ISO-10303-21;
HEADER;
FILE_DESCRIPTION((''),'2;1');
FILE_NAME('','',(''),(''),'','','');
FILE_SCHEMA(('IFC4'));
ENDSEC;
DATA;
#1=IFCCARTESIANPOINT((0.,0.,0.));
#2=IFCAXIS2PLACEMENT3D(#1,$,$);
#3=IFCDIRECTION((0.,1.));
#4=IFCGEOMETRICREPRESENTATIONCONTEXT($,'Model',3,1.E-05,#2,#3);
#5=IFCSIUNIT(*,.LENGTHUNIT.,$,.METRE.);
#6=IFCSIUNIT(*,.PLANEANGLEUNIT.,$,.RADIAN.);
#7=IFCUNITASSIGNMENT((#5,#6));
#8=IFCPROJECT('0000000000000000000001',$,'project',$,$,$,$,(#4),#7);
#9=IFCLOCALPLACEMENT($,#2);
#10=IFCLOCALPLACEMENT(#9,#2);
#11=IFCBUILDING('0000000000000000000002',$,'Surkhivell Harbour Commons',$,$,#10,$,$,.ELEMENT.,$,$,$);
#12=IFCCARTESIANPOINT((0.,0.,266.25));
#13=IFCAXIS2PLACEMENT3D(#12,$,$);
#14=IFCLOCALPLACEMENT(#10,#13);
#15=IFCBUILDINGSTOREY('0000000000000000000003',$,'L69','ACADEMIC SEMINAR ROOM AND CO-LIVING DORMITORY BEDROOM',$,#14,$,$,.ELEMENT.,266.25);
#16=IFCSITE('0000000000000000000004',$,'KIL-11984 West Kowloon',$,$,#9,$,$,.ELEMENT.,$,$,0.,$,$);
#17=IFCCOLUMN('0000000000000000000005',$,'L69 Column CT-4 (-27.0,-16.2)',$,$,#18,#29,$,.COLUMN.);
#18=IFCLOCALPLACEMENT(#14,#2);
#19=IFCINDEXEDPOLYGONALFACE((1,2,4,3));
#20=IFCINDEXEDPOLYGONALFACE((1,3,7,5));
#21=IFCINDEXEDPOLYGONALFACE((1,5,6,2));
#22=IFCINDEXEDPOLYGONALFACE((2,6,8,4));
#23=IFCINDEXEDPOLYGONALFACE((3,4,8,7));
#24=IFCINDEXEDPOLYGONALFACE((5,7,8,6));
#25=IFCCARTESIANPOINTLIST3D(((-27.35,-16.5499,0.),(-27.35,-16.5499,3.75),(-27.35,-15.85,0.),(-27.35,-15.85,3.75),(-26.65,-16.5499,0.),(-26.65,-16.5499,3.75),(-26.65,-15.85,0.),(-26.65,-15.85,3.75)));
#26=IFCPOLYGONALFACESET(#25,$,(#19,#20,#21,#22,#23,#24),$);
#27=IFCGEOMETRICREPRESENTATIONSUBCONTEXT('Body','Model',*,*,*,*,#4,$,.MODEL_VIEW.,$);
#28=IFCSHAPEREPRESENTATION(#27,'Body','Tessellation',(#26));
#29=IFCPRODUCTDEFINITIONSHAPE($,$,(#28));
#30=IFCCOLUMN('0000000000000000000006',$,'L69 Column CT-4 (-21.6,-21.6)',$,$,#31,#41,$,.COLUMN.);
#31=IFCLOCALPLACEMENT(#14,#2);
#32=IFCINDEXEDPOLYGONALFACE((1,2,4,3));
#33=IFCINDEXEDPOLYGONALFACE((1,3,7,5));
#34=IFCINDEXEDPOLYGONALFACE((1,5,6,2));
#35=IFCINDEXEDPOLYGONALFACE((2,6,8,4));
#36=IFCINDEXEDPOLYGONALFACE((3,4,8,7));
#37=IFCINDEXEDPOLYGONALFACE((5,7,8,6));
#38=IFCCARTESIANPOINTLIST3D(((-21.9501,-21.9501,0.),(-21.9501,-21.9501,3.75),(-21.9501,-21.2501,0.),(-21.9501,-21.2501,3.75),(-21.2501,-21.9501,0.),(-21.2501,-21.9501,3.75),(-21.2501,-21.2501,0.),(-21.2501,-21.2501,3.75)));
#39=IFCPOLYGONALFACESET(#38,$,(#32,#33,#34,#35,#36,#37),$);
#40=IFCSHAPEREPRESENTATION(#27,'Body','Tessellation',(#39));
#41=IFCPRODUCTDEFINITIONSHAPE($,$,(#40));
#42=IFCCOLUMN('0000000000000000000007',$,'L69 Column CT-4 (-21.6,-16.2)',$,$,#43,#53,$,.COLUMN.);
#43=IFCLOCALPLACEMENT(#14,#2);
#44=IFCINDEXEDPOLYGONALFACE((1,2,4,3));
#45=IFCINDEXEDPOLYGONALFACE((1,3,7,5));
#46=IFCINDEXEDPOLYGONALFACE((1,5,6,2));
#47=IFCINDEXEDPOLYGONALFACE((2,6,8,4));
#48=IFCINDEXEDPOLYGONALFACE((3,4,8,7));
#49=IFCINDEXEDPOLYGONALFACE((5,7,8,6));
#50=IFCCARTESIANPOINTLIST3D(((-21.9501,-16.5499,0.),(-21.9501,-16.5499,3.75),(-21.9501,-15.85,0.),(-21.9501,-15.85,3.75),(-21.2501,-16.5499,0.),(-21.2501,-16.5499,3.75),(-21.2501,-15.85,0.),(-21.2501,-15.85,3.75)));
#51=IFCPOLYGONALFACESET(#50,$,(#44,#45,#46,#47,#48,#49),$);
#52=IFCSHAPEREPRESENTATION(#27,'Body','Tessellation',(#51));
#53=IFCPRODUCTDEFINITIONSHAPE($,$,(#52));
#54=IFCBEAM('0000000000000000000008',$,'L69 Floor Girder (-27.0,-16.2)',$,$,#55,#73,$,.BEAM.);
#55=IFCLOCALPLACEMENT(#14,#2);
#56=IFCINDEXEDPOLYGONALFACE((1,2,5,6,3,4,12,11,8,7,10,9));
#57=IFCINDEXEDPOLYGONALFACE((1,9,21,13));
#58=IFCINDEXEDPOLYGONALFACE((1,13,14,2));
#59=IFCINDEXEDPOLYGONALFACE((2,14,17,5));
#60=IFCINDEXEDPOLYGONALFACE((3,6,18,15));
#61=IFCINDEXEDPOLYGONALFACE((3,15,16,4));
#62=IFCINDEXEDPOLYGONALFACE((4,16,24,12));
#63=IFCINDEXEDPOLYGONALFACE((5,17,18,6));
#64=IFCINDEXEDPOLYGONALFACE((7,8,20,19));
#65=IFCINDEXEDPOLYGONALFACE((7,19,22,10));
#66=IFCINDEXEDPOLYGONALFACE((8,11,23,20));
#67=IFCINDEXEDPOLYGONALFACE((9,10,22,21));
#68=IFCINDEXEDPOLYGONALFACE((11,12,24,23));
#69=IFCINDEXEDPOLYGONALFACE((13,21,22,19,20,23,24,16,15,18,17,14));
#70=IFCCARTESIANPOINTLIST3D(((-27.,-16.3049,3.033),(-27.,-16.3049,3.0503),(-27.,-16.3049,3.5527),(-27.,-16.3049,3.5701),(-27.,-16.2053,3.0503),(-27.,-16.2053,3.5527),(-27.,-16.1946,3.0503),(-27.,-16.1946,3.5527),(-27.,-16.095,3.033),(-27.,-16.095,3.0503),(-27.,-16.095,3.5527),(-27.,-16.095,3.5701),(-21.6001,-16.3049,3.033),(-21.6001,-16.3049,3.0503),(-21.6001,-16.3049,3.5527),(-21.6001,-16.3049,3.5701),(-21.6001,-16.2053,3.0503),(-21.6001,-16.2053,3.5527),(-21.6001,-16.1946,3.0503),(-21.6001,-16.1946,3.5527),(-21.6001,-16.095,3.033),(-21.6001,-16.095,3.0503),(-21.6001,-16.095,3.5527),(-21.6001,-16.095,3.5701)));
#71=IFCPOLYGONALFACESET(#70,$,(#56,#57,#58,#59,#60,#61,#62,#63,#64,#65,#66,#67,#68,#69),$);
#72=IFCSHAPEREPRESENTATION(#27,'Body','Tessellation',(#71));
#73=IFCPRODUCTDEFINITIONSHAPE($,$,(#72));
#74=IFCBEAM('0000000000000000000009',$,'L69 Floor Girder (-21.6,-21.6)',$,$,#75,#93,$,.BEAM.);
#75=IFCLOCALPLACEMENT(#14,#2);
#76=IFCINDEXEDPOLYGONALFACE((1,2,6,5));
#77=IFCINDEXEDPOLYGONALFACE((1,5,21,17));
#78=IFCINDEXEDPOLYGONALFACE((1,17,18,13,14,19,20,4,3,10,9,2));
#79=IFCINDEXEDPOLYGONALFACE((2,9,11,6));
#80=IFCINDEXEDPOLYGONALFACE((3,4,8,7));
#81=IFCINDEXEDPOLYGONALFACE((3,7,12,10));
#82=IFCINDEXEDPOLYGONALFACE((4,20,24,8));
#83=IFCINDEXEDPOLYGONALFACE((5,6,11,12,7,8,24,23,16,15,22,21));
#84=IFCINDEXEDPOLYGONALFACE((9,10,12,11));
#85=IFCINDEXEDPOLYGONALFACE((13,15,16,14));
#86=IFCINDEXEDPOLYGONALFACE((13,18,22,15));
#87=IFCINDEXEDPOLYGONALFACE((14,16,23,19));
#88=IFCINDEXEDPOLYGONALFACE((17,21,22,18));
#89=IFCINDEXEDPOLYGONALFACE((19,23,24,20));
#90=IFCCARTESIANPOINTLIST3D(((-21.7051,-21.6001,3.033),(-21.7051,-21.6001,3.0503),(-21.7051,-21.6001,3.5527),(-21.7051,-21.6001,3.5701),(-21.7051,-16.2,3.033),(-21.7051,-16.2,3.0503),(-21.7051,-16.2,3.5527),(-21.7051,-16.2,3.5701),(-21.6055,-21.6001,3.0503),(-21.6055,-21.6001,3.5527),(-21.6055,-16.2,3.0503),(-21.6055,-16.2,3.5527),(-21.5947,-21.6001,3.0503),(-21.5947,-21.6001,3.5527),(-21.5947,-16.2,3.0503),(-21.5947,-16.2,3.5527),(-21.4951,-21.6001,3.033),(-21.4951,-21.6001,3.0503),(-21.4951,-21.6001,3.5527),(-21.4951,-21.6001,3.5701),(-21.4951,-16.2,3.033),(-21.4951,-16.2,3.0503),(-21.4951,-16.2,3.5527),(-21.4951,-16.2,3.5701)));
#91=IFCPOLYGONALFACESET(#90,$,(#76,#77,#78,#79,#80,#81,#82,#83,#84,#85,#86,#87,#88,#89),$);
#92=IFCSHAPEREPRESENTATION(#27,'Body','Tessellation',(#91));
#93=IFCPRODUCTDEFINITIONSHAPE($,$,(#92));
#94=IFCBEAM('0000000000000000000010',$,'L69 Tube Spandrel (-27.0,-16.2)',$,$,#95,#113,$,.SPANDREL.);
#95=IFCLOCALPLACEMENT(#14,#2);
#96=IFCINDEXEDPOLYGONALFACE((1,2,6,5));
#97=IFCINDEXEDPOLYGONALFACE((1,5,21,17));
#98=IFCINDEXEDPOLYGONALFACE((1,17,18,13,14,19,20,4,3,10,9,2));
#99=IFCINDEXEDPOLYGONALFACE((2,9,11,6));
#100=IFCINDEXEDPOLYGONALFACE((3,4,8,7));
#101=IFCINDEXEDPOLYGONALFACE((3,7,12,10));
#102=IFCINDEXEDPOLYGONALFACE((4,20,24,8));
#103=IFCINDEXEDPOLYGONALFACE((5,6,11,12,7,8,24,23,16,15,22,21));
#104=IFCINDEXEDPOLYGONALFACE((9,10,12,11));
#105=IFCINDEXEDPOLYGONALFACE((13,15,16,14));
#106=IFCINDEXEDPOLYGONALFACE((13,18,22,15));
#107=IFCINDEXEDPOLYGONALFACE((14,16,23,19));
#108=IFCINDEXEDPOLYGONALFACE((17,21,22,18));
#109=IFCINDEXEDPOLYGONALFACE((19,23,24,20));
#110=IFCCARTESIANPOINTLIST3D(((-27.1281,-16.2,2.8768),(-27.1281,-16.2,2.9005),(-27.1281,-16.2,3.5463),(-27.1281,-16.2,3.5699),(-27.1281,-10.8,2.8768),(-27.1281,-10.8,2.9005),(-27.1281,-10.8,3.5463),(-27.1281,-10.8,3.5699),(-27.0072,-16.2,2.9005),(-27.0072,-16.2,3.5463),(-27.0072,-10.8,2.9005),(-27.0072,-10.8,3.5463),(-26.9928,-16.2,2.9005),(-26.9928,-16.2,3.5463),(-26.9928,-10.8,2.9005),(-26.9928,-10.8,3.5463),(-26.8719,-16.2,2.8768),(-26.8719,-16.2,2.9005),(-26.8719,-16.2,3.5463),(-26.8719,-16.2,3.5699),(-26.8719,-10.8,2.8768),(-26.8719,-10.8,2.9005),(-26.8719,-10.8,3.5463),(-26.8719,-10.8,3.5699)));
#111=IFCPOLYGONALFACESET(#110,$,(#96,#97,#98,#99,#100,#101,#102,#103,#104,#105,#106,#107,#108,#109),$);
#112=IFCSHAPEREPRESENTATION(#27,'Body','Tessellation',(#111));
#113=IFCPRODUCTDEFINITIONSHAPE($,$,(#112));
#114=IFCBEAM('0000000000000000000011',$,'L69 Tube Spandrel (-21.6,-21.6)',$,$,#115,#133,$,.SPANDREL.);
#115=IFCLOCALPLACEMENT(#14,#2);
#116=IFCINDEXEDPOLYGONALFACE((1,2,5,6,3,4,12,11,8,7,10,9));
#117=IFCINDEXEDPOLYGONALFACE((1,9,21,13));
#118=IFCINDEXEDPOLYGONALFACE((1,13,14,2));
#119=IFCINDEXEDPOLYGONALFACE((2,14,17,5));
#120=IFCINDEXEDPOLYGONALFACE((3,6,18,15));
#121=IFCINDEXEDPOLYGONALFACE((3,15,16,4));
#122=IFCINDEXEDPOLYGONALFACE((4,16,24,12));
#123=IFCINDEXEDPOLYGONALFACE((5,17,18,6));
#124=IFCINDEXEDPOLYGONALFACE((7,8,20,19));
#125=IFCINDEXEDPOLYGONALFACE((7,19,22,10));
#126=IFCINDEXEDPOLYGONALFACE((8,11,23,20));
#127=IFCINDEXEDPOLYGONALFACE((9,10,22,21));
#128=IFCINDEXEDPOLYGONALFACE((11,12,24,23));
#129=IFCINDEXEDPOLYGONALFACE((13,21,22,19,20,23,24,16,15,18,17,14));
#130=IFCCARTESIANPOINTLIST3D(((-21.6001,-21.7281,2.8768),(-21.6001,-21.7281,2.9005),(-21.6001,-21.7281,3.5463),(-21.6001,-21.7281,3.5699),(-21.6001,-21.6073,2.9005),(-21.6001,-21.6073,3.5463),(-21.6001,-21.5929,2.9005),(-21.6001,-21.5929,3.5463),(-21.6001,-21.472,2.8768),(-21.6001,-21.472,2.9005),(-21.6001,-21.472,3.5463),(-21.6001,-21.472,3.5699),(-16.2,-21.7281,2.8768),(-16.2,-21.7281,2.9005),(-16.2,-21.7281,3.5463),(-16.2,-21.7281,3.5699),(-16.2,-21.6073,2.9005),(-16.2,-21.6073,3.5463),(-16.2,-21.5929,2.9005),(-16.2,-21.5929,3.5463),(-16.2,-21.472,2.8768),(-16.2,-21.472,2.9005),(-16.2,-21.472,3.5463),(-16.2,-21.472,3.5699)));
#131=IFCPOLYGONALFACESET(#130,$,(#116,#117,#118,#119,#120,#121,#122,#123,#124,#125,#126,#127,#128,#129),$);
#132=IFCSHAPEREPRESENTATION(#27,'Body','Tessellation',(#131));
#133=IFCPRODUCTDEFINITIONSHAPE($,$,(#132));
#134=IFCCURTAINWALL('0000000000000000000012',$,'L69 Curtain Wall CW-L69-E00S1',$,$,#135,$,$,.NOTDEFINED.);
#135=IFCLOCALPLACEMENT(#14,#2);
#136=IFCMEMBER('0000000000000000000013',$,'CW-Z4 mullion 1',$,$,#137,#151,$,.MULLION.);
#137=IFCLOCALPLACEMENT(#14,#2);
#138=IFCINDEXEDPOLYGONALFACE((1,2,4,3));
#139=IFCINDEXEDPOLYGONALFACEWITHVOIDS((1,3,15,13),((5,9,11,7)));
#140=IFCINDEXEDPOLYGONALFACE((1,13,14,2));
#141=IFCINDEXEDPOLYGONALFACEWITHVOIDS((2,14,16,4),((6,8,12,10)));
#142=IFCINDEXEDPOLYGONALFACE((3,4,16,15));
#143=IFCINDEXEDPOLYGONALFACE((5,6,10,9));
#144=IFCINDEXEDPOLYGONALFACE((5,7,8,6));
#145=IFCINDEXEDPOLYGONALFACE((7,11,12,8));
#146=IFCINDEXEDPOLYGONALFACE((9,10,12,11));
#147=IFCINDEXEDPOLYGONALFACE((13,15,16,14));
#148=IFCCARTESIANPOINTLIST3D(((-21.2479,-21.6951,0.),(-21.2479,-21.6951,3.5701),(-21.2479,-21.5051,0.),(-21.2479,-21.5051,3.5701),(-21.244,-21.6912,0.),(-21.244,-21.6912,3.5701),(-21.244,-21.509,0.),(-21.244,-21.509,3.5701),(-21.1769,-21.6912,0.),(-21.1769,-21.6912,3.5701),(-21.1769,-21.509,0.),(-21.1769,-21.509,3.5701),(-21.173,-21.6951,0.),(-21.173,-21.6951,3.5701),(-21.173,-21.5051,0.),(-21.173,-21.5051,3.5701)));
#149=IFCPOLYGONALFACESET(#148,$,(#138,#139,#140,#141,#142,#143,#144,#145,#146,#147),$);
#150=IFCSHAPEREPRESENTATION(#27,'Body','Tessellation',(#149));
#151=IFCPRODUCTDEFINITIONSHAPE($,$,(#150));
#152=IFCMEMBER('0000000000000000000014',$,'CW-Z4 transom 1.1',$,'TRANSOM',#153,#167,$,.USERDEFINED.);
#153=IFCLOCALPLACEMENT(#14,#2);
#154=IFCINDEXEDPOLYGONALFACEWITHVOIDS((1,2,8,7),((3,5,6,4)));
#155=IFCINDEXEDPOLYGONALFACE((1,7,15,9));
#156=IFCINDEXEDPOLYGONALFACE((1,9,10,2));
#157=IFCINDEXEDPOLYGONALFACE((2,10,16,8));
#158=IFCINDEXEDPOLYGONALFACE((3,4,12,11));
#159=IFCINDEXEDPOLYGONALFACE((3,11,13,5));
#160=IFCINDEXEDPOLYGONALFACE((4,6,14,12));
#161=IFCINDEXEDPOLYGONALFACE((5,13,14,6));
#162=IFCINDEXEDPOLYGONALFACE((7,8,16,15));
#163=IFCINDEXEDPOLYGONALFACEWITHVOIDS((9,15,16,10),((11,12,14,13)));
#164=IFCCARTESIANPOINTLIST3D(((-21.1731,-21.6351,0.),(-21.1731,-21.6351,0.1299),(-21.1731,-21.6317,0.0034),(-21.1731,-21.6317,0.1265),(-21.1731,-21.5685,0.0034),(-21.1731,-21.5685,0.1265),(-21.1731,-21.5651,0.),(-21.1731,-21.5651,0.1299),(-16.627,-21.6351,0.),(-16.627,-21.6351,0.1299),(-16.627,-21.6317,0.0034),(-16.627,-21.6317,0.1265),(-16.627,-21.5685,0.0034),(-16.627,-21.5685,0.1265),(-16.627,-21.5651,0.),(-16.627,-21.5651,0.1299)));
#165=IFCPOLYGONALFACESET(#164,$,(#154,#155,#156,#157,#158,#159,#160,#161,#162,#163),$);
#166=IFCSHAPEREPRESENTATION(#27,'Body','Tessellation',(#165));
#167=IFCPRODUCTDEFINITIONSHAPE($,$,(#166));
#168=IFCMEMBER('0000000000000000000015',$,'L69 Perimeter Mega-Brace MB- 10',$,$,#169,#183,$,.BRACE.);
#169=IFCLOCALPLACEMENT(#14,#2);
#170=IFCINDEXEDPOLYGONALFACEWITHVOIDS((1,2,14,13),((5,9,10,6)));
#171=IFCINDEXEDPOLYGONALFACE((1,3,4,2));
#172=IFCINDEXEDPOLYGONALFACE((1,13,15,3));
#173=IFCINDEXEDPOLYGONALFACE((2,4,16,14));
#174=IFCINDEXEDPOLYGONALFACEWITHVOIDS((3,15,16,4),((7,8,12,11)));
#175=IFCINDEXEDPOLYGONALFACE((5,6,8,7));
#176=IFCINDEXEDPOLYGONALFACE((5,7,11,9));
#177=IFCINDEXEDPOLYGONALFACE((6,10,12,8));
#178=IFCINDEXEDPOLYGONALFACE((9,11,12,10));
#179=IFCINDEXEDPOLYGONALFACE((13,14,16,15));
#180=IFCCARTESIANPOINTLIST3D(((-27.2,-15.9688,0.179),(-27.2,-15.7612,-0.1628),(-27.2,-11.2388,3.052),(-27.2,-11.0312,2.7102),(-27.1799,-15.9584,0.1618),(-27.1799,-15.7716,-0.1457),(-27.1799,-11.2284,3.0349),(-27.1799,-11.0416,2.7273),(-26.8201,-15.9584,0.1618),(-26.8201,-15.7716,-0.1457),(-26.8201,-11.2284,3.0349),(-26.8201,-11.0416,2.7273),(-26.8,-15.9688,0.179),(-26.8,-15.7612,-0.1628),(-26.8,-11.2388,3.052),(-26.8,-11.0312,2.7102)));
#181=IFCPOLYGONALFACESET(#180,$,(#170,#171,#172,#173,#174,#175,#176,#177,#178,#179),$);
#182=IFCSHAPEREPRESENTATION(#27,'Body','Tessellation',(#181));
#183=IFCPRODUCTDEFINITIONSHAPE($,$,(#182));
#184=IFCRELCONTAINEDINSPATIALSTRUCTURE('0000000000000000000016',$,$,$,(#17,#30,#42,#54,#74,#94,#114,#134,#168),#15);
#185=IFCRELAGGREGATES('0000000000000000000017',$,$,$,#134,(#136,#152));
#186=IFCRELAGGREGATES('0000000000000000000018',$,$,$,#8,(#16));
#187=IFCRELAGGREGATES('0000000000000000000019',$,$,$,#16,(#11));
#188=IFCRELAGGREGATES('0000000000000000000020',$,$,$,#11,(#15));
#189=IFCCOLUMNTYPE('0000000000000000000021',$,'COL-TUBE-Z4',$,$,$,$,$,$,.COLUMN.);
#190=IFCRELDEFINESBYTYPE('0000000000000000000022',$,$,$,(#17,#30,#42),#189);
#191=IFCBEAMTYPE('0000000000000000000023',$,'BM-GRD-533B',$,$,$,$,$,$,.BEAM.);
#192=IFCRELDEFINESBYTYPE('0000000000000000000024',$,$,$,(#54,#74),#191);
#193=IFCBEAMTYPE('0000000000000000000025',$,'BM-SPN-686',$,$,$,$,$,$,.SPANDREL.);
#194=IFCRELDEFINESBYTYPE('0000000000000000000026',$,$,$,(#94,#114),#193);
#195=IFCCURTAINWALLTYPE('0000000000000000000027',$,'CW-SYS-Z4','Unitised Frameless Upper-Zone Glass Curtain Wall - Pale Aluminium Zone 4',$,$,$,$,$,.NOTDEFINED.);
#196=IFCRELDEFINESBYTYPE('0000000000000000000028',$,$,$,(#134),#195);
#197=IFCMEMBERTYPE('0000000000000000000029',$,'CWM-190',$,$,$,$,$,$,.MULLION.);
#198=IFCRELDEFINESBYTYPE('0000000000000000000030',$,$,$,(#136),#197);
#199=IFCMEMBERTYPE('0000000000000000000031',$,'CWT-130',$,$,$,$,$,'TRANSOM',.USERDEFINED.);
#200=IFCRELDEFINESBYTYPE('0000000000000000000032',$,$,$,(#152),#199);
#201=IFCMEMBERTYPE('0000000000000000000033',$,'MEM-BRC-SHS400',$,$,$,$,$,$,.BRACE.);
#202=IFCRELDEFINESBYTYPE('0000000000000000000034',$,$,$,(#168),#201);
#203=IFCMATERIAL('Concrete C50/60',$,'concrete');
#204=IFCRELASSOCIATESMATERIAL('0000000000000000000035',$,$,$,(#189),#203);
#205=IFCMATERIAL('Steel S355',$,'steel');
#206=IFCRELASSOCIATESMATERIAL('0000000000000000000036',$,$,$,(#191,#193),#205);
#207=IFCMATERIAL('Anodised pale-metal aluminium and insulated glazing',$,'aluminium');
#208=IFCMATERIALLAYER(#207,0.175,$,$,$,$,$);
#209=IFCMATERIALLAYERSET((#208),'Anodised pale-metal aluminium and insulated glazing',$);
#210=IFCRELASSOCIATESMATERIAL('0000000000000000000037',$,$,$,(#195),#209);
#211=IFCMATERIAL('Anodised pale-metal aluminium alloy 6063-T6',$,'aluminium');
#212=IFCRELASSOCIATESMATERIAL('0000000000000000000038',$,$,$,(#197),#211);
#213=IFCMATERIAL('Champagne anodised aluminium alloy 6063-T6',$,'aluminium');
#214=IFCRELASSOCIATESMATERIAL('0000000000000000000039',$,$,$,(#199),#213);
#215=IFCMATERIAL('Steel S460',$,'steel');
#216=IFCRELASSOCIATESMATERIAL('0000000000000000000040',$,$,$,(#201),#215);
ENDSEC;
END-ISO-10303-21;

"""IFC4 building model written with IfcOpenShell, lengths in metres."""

from ifc_helpers import new_model, si_unit, direction, frame, origin, origin_2d, place, context, subcontext, project, spatial, rectangle, hollow_rectangle, i_section, extrude, material, layer, layer_set, material_profile, profile_set, type_object, element, aggregate, save


model = new_model("IFC4")

# Units and contexts
model_context = context("Model", 3, precision=1e-05, world=origin(), true_north=direction((0.0, 1.0)))
body_context = subcontext(model_context, "Body", "Model", "MODEL_VIEW")
ifc_project = project(units=[si_unit("LENGTHUNIT", "METRE"), si_unit("PLANEANGLEUNIT", "RADIAN")], contexts=[model_context])

# Site, building, storey
site_placement = place(None, origin())
site = spatial("IfcSite", under=ifc_project, at=site_placement, Name="KIL-11984 West Kowloon", CompositionType="ELEMENT", RefElevation=0.0)
building_placement = place(site_placement, origin())
building = spatial("IfcBuilding", under=site, at=building_placement, Name="Surkhivell Harbour Commons", CompositionType="ELEMENT")
storey_placement = place(building_placement, frame((0.0, 0.0, 266.25)))
storey = spatial("IfcBuildingStorey", under=building, at=storey_placement, Name="L69", Description="ACADEMIC SEMINAR ROOM AND CO-LIVING DORMITORY BEDROOM", CompositionType="ELEMENT", Elevation=266.25)

# Columns
ifc_material_1 = material(Name="Concrete C50/60", Category="concrete")
ifc_material_profile_1 = material_profile(ifc_material_1, rectangle(XDim=0.7, YDim=0.7, at=origin_2d()), Name="RC-COL-700x700")
ifc_profile_set_1 = profile_set([ifc_material_profile_1], Name="Concrete C50/60")
column_type = type_object("IfcColumnType", Name="COL-TUBE-Z4", PredefinedType="COLUMN", material=ifc_profile_set_1)
for number, where, z_axis, x_axis, name in (
    (1, (-27.0, -16.2, 0.0), (0.0, 0.0, 1.0), (1.0, 0.0, 0.0), "L69 Column CT-4 (-27.0,-16.2)"),
    (2, (-21.6001, -21.6001, 0.0), (0.0, 0.0, 1.0), (1.0, 0.0, 0.0), "L69 Column CT-4 (-21.6,-21.6)"),
    (3, (-21.6001, -16.2, 0.0), (0.0, 0.0, 1.0), (1.0, 0.0, 0.0), "L69 Column CT-4 (-21.6,-16.2)"),
):
    element("IfcColumn", number, at=place(storey_placement, frame(where, z_axis=z_axis, x_axis=x_axis)), inside=storey, type_object=column_type, Name=name, PredefinedType="COLUMN", context=body_context, shape_type="SweptSolid", body=[
        extrude(rectangle(XDim=0.7, YDim=0.7, at=origin_2d()), origin(), (0.0, 0.0, 1.0), 3.75),
    ])

# Beams
ifc_material_2 = material(Name="Steel S355", Category="steel")
ifc_material_profile_2 = material_profile(ifc_material_2, i_section(OverallWidth=0.21, OverallDepth=0.5371, WebThickness=0.0107, FlangeThickness=0.0173, at=origin_2d()), Name="UB533x210x101")
ifc_profile_set_2 = profile_set([ifc_material_profile_2], Name="Steel S355")
beam_type_1 = type_object("IfcBeamType", Name="BM-GRD-533B", PredefinedType="BEAM", material=ifc_profile_set_2)
beam_1_placement = place(storey_placement, frame((-27.0, -16.2, 3.3015), z_axis=(1.0, 0.0, 0.0), x_axis=(0.0, 1.0, 0.0)))
element("IfcBeam", 4, at=beam_1_placement, inside=storey, type_object=beam_type_1, Name="L69 Floor Girder (-27.0,-16.2)", PredefinedType="BEAM", context=body_context, shape_type="SweptSolid", body=[
    extrude(i_section(OverallWidth=0.21, OverallDepth=0.5371, WebThickness=0.0107, FlangeThickness=0.0173, at=origin_2d()), origin(), (0.0, 0.0, 1.0), 5.3999),
])
beam_2_placement = place(storey_placement, frame((-21.6001, -21.6001, 3.3015), z_axis=(0.0, 1.0, 0.0), x_axis=(-1.0, 0.0, 0.0)))
element("IfcBeam", 5, at=beam_2_placement, inside=storey, type_object=beam_type_1, Name="L69 Floor Girder (-21.6,-21.6)", PredefinedType="BEAM", context=body_context, shape_type="SweptSolid", body=[
    extrude(i_section(OverallWidth=0.21, OverallDepth=0.5371, WebThickness=0.0107, FlangeThickness=0.0173, at=origin_2d()), origin(), (0.0, 0.0, 1.0), 5.4001),
])
ifc_material_profile_3 = material_profile(ifc_material_2, i_section(OverallWidth=0.2561, OverallDepth=0.6931, WebThickness=0.0144, FlangeThickness=0.0237, at=origin_2d()), Name="UB686x254x170")
ifc_profile_set_3 = profile_set([ifc_material_profile_3], Name="Steel S355")
beam_type_2 = type_object("IfcBeamType", Name="BM-SPN-686", PredefinedType="SPANDREL", material=ifc_profile_set_3)
beam_3_placement = place(storey_placement, frame((-27.0, -16.2, 3.2234), z_axis=(0.0, 1.0, 0.0), x_axis=(-1.0, 0.0, 0.0)))
element("IfcBeam", 6, at=beam_3_placement, inside=storey, type_object=beam_type_2, Name="L69 Tube Spandrel (-27.0,-16.2)", PredefinedType="SPANDREL", context=body_context, shape_type="SweptSolid", body=[
    extrude(i_section(OverallWidth=0.2561, OverallDepth=0.6931, WebThickness=0.0144, FlangeThickness=0.0237, at=origin_2d()), origin(), (0.0, 0.0, 1.0), 5.3999),
])
beam_4_placement = place(storey_placement, frame((-21.6001, -21.6001, 3.2234), z_axis=(1.0, 0.0, 0.0), x_axis=(0.0, 1.0, 0.0)))
element("IfcBeam", 7, at=beam_4_placement, inside=storey, type_object=beam_type_2, Name="L69 Tube Spandrel (-21.6,-21.6)", PredefinedType="SPANDREL", context=body_context, shape_type="SweptSolid", body=[
    extrude(i_section(OverallWidth=0.2561, OverallDepth=0.6931, WebThickness=0.0144, FlangeThickness=0.0237, at=origin_2d()), origin(), (0.0, 0.0, 1.0), 5.4001),
])

# Curtain wall, members
ifc_material_3 = material(Name="Anodised pale-metal aluminium and insulated glazing", Category="aluminium")
ifc_layer_1 = layer(ifc_material_3, 0.175)
ifc_layer_set_1 = layer_set([ifc_layer_1], Name="Anodised pale-metal aluminium and insulated glazing")
curtain_wall_type = type_object("IfcCurtainWallType", Name="CW-SYS-Z4", Description="Unitised Frameless Upper-Zone Glass Curtain Wall - Pale Aluminium Zone 4", PredefinedType="NOTDEFINED", material=ifc_layer_set_1)
curtain_wall_placement = place(storey_placement, origin())
curtain_wall = element("IfcCurtainWall", 8, at=curtain_wall_placement, inside=storey, type_object=curtain_wall_type, Name="L69 Curtain Wall CW-L69-E00S1", PredefinedType="NOTDEFINED")
ifc_material_4 = material(Name="Anodised pale-metal aluminium alloy 6063-T6", Category="aluminium")
ifc_material_profile_4 = material_profile(ifc_material_4, hollow_rectangle(XDim=0.075, YDim=0.1899, WallThickness=0.0039, at=origin_2d()), Name="ALU-MULL-75x190")
ifc_profile_set_4 = profile_set([ifc_material_profile_4], Name="Anodised pale-metal aluminium alloy 6063-T6")
member_type_1 = type_object("IfcMemberType", Name="CWM-190", PredefinedType="MULLION", material=ifc_profile_set_4)
member_1_placement = place(storey_placement, frame((-21.2104, -21.6001, 0.0), z_axis=(0.0, 0.0, 1.0), x_axis=(1.0, 0.0, 0.0)))
member_1 = element("IfcMember", 9, at=member_1_placement, type_object=member_type_1, Name="CW-Z4 mullion 1", PredefinedType="MULLION", context=body_context, shape_type="SweptSolid", body=[
    extrude(hollow_rectangle(XDim=0.075, YDim=0.1899, WallThickness=0.0039, at=origin_2d()), origin(), (0.0, 0.0, 1.0), 3.5701),
])
ifc_material_5 = material(Name="Champagne anodised aluminium alloy 6063-T6", Category="aluminium")
ifc_material_profile_5 = material_profile(ifc_material_5, hollow_rectangle(XDim=0.0701, YDim=0.1299, WallThickness=0.0034, at=origin_2d()), Name="ALU-TRAN-70x130")
ifc_profile_set_5 = profile_set([ifc_material_profile_5], Name="Champagne anodised aluminium alloy 6063-T6")
member_type_2 = type_object("IfcMemberType", Name="CWT-130", ElementType="TRANSOM", PredefinedType="USERDEFINED", material=ifc_profile_set_5)
member_2_placement = place(storey_placement, frame((-21.1731, -21.6001, 0.0649), z_axis=(1.0, 0.0, 0.0), x_axis=(0.0, 1.0, 0.0)))
member_2 = element("IfcMember", 10, at=member_2_placement, type_object=member_type_2, Name="CW-Z4 transom 1.1", ObjectType="TRANSOM", PredefinedType="USERDEFINED", context=body_context, shape_type="SweptSolid", body=[
    extrude(hollow_rectangle(XDim=0.0701, YDim=0.1299, WallThickness=0.0034, at=origin_2d()), origin(), (0.0, 0.0, 1.0), 4.5461),
])

# Member
ifc_material_6 = material(Name="Steel S460", Category="steel")
ifc_material_profile_6 = material_profile(ifc_material_6, hollow_rectangle(XDim=0.3999, YDim=0.3999, WallThickness=0.02, at=origin_2d()), Name="SHS400x400x20")
ifc_profile_set_6 = profile_set([ifc_material_profile_6], Name="Steel S460")
member_type_3 = type_object("IfcMemberType", Name="MEM-BRC-SHS400", PredefinedType="BRACE", material=ifc_profile_set_6)
member_3_placement = place(storey_placement, frame((-27.0, -15.865, 0.0081), z_axis=(0.0, 0.854685, 0.519146), x_axis=(-1.0, 0.0, 0.0)))
element("IfcMember", 11, at=member_3_placement, inside=storey, type_object=member_type_3, Name="L69 Perimeter Mega-Brace MB- 10", PredefinedType="BRACE", context=body_context, shape_type="SweptSolid", body=[
    extrude(hollow_rectangle(XDim=0.3999, YDim=0.3999, WallThickness=0.02, at=origin_2d()), origin(), (0.0, 0.0, 1.0), 5.5342),
])

aggregate(curtain_wall, [member_1, member_2])

save(model, "model.ifc")
